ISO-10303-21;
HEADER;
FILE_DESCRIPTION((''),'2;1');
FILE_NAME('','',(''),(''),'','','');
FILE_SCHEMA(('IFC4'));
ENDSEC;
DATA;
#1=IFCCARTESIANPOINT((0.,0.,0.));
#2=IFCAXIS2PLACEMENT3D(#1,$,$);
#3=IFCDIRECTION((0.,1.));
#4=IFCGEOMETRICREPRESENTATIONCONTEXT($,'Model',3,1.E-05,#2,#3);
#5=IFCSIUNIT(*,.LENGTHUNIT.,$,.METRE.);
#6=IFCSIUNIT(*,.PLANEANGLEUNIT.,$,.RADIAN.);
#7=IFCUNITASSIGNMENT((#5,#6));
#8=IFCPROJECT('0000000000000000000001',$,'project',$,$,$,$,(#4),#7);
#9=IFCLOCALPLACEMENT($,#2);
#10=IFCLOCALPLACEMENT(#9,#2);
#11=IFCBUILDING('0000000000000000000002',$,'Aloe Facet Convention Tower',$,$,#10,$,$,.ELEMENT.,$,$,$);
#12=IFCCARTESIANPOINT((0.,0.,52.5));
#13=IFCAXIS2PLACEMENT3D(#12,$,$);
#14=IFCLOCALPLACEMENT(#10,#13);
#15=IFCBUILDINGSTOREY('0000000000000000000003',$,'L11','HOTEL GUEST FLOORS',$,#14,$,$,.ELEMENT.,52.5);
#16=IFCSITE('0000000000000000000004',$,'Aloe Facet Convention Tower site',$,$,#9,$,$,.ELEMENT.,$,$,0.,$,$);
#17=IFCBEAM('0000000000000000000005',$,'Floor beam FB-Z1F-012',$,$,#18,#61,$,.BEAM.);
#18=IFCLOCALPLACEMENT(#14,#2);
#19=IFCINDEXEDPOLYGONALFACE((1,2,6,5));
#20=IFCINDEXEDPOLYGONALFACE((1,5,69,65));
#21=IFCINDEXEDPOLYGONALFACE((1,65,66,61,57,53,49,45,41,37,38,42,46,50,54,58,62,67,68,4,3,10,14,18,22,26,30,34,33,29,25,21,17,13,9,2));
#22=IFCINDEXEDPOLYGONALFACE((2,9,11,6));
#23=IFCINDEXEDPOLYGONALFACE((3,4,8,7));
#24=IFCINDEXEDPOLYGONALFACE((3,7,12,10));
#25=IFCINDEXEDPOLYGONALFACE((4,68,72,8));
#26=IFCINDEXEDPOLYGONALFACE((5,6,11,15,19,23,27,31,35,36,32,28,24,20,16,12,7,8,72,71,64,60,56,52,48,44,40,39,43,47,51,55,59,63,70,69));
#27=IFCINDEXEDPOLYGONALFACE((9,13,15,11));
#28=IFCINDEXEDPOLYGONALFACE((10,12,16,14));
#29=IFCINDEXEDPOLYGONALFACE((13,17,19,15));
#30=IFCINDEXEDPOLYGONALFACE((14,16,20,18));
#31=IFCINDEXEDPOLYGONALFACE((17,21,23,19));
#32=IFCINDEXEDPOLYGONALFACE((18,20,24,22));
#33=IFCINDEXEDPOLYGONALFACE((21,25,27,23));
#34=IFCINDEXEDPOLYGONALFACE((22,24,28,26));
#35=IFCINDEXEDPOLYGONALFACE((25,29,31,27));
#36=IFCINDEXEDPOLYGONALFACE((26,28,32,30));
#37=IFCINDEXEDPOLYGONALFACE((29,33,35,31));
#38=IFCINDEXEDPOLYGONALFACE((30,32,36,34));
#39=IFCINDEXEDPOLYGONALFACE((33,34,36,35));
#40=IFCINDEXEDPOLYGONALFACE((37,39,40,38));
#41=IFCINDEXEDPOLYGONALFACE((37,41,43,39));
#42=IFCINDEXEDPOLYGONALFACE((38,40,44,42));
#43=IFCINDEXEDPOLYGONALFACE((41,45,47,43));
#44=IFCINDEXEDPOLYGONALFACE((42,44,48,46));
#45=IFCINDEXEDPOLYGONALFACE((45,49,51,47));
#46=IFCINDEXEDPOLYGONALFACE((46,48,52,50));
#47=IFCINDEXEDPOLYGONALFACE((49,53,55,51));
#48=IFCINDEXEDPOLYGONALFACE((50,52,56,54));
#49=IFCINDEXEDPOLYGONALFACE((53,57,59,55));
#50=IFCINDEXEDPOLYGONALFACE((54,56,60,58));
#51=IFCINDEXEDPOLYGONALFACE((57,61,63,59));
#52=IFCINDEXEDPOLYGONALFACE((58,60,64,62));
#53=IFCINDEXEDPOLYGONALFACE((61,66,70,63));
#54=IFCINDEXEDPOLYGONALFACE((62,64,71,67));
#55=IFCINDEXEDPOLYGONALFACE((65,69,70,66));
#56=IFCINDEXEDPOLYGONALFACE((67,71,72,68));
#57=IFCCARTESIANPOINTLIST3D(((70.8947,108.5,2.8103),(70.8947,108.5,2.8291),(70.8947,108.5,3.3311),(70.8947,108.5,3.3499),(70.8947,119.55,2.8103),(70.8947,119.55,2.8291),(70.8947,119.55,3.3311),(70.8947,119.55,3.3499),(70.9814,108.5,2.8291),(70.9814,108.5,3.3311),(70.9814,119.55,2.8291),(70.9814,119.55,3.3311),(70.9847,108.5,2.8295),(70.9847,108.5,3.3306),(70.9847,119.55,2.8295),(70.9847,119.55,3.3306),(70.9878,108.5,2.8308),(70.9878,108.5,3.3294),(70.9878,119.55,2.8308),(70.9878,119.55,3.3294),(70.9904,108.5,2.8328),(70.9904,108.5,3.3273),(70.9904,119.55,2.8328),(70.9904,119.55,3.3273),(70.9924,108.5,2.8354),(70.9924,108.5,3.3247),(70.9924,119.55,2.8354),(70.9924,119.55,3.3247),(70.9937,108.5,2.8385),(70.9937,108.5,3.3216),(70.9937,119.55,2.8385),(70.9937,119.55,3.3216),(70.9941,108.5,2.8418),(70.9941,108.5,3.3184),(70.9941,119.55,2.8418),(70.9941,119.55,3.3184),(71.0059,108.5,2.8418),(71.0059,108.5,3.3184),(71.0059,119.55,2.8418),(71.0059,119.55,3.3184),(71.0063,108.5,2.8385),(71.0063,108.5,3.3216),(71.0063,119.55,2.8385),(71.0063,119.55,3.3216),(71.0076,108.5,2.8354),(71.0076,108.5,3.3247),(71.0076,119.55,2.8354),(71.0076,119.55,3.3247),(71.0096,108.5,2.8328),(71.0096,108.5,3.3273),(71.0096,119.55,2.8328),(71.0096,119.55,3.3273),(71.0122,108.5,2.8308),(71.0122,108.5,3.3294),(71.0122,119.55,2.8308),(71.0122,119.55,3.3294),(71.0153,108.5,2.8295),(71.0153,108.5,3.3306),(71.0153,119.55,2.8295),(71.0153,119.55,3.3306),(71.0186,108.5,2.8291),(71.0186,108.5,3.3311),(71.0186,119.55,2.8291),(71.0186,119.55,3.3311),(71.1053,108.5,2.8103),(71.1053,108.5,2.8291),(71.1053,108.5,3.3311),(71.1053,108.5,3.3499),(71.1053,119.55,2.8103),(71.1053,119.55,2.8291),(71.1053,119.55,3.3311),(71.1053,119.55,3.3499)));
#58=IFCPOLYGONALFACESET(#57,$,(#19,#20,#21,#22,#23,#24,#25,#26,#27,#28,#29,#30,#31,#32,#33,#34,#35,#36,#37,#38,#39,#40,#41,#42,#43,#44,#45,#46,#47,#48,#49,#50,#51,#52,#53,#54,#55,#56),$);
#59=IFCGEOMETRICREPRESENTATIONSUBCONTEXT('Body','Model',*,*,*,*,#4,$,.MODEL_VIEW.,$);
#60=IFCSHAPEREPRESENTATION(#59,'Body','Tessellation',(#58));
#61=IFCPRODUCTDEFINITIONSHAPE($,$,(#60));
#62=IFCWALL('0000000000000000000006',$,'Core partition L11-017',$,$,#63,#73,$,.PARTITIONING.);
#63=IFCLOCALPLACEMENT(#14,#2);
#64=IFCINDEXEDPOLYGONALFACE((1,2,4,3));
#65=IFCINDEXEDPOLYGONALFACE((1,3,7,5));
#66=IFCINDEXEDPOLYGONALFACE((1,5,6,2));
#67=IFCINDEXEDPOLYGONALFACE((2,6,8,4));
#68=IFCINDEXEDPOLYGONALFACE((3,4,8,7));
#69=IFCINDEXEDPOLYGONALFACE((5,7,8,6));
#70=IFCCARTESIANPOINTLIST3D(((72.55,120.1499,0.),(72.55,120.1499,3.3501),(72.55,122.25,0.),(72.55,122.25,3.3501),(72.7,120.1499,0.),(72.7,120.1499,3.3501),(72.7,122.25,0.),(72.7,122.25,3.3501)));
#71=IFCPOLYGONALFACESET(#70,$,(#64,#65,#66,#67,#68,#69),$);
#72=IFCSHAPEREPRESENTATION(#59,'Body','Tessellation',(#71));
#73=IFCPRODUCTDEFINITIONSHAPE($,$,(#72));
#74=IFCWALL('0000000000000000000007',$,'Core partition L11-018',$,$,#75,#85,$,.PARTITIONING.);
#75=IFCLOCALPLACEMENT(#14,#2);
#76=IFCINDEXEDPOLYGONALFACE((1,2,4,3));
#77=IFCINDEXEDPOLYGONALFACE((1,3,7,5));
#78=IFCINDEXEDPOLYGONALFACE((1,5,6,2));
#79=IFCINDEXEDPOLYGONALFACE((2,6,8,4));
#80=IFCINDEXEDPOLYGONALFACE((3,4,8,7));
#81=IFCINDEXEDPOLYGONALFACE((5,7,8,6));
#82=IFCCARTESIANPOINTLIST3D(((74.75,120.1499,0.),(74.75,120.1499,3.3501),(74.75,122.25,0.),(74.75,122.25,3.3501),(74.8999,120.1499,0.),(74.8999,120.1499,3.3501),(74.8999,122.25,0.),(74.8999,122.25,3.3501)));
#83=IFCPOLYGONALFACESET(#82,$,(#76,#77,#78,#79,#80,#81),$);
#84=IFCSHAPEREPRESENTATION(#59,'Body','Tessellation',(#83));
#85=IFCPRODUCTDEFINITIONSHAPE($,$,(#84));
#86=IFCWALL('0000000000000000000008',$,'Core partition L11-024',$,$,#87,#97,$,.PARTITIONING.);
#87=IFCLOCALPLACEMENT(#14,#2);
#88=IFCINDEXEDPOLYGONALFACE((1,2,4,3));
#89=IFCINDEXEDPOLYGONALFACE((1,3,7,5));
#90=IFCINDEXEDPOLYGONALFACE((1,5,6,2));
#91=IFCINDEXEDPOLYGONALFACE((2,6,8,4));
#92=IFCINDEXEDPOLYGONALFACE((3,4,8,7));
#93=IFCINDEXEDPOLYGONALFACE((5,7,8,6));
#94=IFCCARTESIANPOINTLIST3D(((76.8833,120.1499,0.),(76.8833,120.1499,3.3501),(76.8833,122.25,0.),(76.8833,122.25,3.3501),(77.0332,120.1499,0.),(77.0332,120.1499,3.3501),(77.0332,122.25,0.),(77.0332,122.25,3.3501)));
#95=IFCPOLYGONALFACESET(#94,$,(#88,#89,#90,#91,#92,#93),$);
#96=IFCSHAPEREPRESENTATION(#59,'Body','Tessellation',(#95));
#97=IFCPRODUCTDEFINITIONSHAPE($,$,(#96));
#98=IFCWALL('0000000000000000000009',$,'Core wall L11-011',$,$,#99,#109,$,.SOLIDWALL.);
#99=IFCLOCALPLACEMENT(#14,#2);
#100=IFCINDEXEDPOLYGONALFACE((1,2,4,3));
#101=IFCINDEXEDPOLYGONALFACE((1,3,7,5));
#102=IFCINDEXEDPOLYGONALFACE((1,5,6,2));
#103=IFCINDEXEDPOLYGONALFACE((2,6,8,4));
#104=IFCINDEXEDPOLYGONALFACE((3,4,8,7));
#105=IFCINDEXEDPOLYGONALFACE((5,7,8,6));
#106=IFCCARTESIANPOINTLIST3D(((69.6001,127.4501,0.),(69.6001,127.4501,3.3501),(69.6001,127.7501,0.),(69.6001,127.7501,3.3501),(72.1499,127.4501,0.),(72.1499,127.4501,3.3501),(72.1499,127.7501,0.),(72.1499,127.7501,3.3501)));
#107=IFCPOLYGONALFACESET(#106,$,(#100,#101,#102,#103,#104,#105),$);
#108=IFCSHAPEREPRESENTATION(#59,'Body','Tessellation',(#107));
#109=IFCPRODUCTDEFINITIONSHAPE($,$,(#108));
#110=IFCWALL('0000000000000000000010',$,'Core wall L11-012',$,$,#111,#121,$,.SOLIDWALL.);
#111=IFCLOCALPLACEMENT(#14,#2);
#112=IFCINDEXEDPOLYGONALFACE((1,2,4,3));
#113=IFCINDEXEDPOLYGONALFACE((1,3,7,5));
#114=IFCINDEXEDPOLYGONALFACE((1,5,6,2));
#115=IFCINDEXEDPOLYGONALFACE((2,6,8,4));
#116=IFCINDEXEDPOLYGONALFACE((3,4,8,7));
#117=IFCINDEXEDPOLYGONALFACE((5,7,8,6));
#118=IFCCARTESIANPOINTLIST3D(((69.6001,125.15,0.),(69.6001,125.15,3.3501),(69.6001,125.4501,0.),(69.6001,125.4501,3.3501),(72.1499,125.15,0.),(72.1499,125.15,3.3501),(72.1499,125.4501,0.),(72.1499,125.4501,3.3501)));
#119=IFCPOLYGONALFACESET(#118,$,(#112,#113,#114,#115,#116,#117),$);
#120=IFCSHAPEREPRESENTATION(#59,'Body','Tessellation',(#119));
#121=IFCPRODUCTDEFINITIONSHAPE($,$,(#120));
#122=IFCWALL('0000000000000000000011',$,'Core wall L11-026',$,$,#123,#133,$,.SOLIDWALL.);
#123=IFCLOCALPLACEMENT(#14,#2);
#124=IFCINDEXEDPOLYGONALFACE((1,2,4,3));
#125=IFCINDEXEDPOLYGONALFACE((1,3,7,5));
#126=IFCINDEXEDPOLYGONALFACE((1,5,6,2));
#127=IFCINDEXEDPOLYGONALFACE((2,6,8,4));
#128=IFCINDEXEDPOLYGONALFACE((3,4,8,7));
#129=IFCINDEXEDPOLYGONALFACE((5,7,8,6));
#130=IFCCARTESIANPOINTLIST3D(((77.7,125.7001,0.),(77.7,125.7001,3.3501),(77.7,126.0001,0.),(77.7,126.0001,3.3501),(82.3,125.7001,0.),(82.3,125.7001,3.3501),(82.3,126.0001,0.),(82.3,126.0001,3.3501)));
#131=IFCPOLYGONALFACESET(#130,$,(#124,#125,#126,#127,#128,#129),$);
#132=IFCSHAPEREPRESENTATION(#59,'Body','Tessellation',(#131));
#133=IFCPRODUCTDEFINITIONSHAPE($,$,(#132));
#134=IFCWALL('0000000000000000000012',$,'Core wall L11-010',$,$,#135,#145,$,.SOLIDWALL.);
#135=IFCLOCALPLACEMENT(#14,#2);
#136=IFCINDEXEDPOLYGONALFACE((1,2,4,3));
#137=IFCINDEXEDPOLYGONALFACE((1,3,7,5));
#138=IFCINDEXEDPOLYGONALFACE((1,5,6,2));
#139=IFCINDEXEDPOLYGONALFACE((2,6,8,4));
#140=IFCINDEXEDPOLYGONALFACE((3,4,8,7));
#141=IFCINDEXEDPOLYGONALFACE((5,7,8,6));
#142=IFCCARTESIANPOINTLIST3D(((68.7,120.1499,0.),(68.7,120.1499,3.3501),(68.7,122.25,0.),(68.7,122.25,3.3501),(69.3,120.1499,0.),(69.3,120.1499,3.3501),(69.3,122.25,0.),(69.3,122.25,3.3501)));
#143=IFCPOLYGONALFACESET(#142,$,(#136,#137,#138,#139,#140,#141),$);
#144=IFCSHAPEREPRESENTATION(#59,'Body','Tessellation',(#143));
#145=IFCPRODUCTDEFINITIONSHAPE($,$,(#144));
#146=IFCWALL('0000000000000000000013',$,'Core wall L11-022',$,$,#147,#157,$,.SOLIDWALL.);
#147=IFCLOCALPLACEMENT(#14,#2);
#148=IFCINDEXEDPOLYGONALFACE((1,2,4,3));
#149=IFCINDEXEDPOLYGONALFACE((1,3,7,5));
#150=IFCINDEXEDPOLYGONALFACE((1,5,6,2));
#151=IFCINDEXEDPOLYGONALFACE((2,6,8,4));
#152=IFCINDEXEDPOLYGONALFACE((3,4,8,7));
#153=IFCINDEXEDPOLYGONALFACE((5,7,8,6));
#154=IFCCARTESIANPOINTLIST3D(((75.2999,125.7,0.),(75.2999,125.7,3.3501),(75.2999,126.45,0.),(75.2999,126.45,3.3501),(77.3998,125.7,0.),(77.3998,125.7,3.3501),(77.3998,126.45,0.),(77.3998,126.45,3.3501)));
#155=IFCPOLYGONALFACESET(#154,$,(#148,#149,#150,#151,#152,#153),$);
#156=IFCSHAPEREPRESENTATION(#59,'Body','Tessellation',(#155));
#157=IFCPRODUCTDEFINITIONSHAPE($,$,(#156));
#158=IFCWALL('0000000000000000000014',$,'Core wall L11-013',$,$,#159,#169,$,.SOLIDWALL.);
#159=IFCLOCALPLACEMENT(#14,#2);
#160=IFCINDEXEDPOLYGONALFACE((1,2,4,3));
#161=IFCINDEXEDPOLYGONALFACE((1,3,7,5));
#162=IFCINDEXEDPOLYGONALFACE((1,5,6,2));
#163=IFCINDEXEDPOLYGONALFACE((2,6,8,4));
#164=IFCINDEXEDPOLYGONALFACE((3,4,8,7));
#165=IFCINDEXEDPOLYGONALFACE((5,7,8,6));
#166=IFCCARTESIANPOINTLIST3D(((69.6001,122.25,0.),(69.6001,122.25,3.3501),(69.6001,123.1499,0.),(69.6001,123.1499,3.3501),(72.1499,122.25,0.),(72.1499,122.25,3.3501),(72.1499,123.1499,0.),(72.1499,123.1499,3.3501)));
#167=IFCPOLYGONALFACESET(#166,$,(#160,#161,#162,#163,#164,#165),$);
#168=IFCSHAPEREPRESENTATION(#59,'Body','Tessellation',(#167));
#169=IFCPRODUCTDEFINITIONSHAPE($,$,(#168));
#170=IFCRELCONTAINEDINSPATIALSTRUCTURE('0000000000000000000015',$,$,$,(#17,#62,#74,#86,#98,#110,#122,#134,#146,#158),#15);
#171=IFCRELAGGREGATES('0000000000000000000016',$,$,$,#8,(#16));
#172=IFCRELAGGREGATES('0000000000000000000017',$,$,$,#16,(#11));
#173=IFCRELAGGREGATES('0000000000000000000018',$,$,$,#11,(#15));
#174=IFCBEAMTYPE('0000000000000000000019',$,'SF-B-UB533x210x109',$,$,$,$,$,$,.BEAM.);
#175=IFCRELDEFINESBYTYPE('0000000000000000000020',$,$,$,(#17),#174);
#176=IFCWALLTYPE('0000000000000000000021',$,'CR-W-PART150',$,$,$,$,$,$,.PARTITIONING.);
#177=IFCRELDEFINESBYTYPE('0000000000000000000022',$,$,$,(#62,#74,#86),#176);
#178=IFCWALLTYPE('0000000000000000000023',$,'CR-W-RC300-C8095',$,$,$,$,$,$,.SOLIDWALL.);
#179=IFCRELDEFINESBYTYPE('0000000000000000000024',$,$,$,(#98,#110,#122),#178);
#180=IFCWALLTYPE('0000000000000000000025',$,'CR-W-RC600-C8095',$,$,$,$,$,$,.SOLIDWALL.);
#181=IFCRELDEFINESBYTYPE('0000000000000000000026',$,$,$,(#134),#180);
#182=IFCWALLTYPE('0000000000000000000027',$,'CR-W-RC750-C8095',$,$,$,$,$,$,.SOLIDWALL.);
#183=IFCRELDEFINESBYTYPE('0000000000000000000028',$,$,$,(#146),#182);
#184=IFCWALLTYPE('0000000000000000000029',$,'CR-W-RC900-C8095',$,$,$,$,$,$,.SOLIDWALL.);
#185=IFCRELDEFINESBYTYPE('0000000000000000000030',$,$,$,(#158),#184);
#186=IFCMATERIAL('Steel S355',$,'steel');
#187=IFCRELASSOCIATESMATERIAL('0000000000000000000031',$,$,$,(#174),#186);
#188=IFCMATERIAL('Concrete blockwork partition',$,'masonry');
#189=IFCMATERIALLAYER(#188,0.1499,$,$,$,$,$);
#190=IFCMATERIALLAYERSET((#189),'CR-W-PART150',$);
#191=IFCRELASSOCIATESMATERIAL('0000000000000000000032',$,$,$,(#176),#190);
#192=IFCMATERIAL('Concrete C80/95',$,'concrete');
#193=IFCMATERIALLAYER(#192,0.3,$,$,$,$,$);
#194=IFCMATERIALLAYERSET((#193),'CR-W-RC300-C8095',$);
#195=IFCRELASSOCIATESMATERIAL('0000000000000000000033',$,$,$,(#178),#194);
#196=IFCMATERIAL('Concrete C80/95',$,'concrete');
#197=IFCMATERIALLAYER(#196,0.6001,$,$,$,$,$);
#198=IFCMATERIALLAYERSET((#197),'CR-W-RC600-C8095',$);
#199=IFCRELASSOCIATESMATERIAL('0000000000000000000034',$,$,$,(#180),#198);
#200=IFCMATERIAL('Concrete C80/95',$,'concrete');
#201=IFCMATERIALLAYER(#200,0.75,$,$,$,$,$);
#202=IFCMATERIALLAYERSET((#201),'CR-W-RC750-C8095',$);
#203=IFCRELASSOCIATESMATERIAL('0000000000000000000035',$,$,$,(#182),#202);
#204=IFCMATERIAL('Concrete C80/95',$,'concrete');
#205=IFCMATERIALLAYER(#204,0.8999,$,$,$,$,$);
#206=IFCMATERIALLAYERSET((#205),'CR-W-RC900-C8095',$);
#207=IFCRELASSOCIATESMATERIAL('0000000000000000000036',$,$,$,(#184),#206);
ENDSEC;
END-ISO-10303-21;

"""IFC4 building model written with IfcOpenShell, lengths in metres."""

from ifc_helpers import new_model, si_unit, direction, frame, frame_2d, origin, origin_2d, place, context, subcontext, project, spatial, rectangle, i_section, extrude, material, layer, layer_set, material_profile, profile_set, type_object, element, save


model = new_model("IFC4")

# Units and contexts
model_context = context("Model", 3, precision=1e-05, world=origin(), true_north=direction((0.0, 1.0)))
body_context = subcontext(model_context, "Body", "Model", "MODEL_VIEW")
ifc_project = project(units=[si_unit("LENGTHUNIT", "METRE"), si_unit("PLANEANGLEUNIT", "RADIAN")], contexts=[model_context])

# Site, building, storey
site_placement = place(None, origin())
site = spatial("IfcSite", under=ifc_project, at=site_placement, Name="Aloe Facet Convention Tower site", CompositionType="ELEMENT", RefElevation=0.0)
building_placement = place(site_placement, origin())
building = spatial("IfcBuilding", under=site, at=building_placement, Name="Aloe Facet Convention Tower", CompositionType="ELEMENT")
storey_placement = place(building_placement, frame((0.0, 0.0, 52.5)))
storey = spatial("IfcBuildingStorey", under=building, at=storey_placement, Name="L11", Description="HOTEL GUEST FLOORS", CompositionType="ELEMENT", Elevation=52.5)

# Beam
ifc_material_1 = material(Name="Steel S355", Category="steel")
ifc_material_profile = material_profile(ifc_material_1, i_section(OverallWidth=0.2107, OverallDepth=0.5396, WebThickness=0.0117, FlangeThickness=0.0188, FilletRadius=0.0127, at=origin_2d()), Name="UB 533x210x109")
ifc_profile_set = profile_set([ifc_material_profile], Name="Steel S355")
beam_type = type_object("IfcBeamType", Name="SF-B-UB533x210x109", PredefinedType="BEAM", material=ifc_profile_set)
beam_placement = place(storey_placement, frame((71.0, 119.55, 3.0801), z_axis=(0.0, -1.0, 0.0), x_axis=(1.0, 0.0, 0.0)))
element("IfcBeam", 1, at=beam_placement, inside=storey, type_object=beam_type, Name="Floor beam FB-Z1F-012", PredefinedType="BEAM", context=body_context, shape_type="SweptSolid", body=[
    extrude(i_section(OverallWidth=0.2107, OverallDepth=0.5396, WebThickness=0.0117, FlangeThickness=0.0188, FilletRadius=0.0127, at=origin_2d()), origin(), (0.0, 0.0, 1.0), 11.05),
])

# Walls
ifc_material_2 = material(Name="Concrete blockwork partition", Category="masonry")
ifc_layer_1 = layer(ifc_material_2, 0.1499)
ifc_layer_set_1 = layer_set([ifc_layer_1], Name="CR-W-PART150")
wall_type_1 = type_object("IfcWallType", Name="CR-W-PART150", PredefinedType="PARTITIONING", material=ifc_layer_set_1)
for number, where, z_axis, x_axis, name in (
    (2, (72.625, 122.25, 0.0), (0.0, 0.0, 1.0), (0.0, -1.0, 0.0), "Core partition L11-017"),
    (3, (74.825, 122.25, 0.0), (0.0, 0.0, 1.0), (0.0, -1.0, 0.0), "Core partition L11-018"),
    (4, (76.9583, 122.25, 0.0), (0.0, 0.0, 1.0), (0.0, -1.0, 0.0), "Core partition L11-024"),
):
    element("IfcWall", number, at=place(storey_placement, frame(where, z_axis=z_axis, x_axis=x_axis)), inside=storey, type_object=wall_type_1, Name=name, PredefinedType="PARTITIONING", context=body_context, shape_type="SweptSolid", body=[
        extrude(rectangle(XDim=2.1001, YDim=0.1499, at=frame_2d((1.05, 0.0))), origin(), (0.0, 0.0, 1.0), 3.3501),
    ])
ifc_material_3 = material(Name="Concrete C80/95", Category="concrete")
ifc_layer_2 = layer(ifc_material_3, 0.3)
ifc_layer_set_2 = layer_set([ifc_layer_2], Name="CR-W-RC300-C8095")
wall_type_2 = type_object("IfcWallType", Name="CR-W-RC300-C8095", PredefinedType="SOLIDWALL", material=ifc_layer_set_2)
for number, where, z_axis, x_axis, name in (
    (5, (69.6001, 127.6001, 0.0), (0.0, 0.0, 1.0), (1.0, 0.0, 0.0), "Core wall L11-011"),
    (6, (69.6001, 125.3, 0.0), (0.0, 0.0, 1.0), (1.0, 0.0, 0.0), "Core wall L11-012"),
):
    element("IfcWall", number, at=place(storey_placement, frame(where, z_axis=z_axis, x_axis=x_axis)), inside=storey, type_object=wall_type_2, Name=name, PredefinedType="SOLIDWALL", context=body_context, shape_type="SweptSolid", body=[
        extrude(rectangle(XDim=2.5498, YDim=0.3, at=frame_2d((1.2749, 0.0))), origin(), (0.0, 0.0, 1.0), 3.3501),
    ])
wall_1_placement = place(storey_placement, frame((77.7, 125.8501, 0.0), z_axis=(0.0, 0.0, 1.0), x_axis=(1.0, 0.0, 0.0)))
element("IfcWall", 7, at=wall_1_placement, inside=storey, type_object=wall_type_2, Name="Core wall L11-026", PredefinedType="SOLIDWALL", context=body_context, shape_type="SweptSolid", body=[
    extrude(rectangle(XDim=4.6001, YDim=0.3, at=frame_2d((2.3, 0.0))), origin(), (0.0, 0.0, 1.0), 3.3501),
])
ifc_material_4 = material(Name="Concrete C80/95", Category="concrete")
ifc_layer_3 = layer(ifc_material_4, 0.6001)
ifc_layer_set_3 = layer_set([ifc_layer_3], Name="CR-W-RC600-C8095")
wall_type_3 = type_object("IfcWallType", Name="CR-W-RC600-C8095", PredefinedType="SOLIDWALL", material=ifc_layer_set_3)
wall_2_placement = place(storey_placement, frame((69.0, 122.25, 0.0), z_axis=(0.0, 0.0, 1.0), x_axis=(0.0, -1.0, 0.0)))
element("IfcWall", 8, at=wall_2_placement, inside=storey, type_object=wall_type_3, Name="Core wall L11-010", PredefinedType="SOLIDWALL", context=body_context, shape_type="SweptSolid", body=[
    extrude(rectangle(XDim=2.1001, YDim=0.6001, at=frame_2d((1.05, 0.0))), origin(), (0.0, 0.0, 1.0), 3.3501),
])
ifc_material_5 = material(Name="Concrete C80/95", Category="concrete")
ifc_layer_4 = layer(ifc_material_5, 0.75)
ifc_layer_set_4 = layer_set([ifc_layer_4], Name="CR-W-RC750-C8095")
wall_type_4 = type_object("IfcWallType", Name="CR-W-RC750-C8095", PredefinedType="SOLIDWALL", material=ifc_layer_set_4)
wall_3_placement = place(storey_placement, frame((75.3, 126.075, 0.0), z_axis=(0.0, 0.0, 1.0), x_axis=(1.0, 0.0, 0.0)))
element("IfcWall", 9, at=wall_3_placement, inside=storey, type_object=wall_type_4, Name="Core wall L11-022", PredefinedType="SOLIDWALL", context=body_context, shape_type="SweptSolid", body=[
    extrude(rectangle(XDim=2.0999, YDim=0.75, at=frame_2d((1.0498, 0.0))), origin(), (0.0, 0.0, 1.0), 3.3501),
])
ifc_material_6 = material(Name="Concrete C80/95", Category="concrete")
ifc_layer_5 = layer(ifc_material_6, 0.8999)
ifc_layer_set_5 = layer_set([ifc_layer_5], Name="CR-W-RC900-C8095")
wall_type_5 = type_object("IfcWallType", Name="CR-W-RC900-C8095", PredefinedType="SOLIDWALL", material=ifc_layer_set_5)
wall_4_placement = place(storey_placement, frame((69.6001, 122.7, 0.0), z_axis=(0.0, 0.0, 1.0), x_axis=(1.0, 0.0, 0.0)))
element("IfcWall", 10, at=wall_4_placement, inside=storey, type_object=wall_type_5, Name="Core wall L11-013", PredefinedType="SOLIDWALL", context=body_context, shape_type="SweptSolid", body=[
    extrude(rectangle(XDim=2.5498, YDim=0.8999, at=frame_2d((1.2749, 0.0))), origin(), (0.0, 0.0, 1.0), 3.3501),
])

save(model, "model.ifc")
